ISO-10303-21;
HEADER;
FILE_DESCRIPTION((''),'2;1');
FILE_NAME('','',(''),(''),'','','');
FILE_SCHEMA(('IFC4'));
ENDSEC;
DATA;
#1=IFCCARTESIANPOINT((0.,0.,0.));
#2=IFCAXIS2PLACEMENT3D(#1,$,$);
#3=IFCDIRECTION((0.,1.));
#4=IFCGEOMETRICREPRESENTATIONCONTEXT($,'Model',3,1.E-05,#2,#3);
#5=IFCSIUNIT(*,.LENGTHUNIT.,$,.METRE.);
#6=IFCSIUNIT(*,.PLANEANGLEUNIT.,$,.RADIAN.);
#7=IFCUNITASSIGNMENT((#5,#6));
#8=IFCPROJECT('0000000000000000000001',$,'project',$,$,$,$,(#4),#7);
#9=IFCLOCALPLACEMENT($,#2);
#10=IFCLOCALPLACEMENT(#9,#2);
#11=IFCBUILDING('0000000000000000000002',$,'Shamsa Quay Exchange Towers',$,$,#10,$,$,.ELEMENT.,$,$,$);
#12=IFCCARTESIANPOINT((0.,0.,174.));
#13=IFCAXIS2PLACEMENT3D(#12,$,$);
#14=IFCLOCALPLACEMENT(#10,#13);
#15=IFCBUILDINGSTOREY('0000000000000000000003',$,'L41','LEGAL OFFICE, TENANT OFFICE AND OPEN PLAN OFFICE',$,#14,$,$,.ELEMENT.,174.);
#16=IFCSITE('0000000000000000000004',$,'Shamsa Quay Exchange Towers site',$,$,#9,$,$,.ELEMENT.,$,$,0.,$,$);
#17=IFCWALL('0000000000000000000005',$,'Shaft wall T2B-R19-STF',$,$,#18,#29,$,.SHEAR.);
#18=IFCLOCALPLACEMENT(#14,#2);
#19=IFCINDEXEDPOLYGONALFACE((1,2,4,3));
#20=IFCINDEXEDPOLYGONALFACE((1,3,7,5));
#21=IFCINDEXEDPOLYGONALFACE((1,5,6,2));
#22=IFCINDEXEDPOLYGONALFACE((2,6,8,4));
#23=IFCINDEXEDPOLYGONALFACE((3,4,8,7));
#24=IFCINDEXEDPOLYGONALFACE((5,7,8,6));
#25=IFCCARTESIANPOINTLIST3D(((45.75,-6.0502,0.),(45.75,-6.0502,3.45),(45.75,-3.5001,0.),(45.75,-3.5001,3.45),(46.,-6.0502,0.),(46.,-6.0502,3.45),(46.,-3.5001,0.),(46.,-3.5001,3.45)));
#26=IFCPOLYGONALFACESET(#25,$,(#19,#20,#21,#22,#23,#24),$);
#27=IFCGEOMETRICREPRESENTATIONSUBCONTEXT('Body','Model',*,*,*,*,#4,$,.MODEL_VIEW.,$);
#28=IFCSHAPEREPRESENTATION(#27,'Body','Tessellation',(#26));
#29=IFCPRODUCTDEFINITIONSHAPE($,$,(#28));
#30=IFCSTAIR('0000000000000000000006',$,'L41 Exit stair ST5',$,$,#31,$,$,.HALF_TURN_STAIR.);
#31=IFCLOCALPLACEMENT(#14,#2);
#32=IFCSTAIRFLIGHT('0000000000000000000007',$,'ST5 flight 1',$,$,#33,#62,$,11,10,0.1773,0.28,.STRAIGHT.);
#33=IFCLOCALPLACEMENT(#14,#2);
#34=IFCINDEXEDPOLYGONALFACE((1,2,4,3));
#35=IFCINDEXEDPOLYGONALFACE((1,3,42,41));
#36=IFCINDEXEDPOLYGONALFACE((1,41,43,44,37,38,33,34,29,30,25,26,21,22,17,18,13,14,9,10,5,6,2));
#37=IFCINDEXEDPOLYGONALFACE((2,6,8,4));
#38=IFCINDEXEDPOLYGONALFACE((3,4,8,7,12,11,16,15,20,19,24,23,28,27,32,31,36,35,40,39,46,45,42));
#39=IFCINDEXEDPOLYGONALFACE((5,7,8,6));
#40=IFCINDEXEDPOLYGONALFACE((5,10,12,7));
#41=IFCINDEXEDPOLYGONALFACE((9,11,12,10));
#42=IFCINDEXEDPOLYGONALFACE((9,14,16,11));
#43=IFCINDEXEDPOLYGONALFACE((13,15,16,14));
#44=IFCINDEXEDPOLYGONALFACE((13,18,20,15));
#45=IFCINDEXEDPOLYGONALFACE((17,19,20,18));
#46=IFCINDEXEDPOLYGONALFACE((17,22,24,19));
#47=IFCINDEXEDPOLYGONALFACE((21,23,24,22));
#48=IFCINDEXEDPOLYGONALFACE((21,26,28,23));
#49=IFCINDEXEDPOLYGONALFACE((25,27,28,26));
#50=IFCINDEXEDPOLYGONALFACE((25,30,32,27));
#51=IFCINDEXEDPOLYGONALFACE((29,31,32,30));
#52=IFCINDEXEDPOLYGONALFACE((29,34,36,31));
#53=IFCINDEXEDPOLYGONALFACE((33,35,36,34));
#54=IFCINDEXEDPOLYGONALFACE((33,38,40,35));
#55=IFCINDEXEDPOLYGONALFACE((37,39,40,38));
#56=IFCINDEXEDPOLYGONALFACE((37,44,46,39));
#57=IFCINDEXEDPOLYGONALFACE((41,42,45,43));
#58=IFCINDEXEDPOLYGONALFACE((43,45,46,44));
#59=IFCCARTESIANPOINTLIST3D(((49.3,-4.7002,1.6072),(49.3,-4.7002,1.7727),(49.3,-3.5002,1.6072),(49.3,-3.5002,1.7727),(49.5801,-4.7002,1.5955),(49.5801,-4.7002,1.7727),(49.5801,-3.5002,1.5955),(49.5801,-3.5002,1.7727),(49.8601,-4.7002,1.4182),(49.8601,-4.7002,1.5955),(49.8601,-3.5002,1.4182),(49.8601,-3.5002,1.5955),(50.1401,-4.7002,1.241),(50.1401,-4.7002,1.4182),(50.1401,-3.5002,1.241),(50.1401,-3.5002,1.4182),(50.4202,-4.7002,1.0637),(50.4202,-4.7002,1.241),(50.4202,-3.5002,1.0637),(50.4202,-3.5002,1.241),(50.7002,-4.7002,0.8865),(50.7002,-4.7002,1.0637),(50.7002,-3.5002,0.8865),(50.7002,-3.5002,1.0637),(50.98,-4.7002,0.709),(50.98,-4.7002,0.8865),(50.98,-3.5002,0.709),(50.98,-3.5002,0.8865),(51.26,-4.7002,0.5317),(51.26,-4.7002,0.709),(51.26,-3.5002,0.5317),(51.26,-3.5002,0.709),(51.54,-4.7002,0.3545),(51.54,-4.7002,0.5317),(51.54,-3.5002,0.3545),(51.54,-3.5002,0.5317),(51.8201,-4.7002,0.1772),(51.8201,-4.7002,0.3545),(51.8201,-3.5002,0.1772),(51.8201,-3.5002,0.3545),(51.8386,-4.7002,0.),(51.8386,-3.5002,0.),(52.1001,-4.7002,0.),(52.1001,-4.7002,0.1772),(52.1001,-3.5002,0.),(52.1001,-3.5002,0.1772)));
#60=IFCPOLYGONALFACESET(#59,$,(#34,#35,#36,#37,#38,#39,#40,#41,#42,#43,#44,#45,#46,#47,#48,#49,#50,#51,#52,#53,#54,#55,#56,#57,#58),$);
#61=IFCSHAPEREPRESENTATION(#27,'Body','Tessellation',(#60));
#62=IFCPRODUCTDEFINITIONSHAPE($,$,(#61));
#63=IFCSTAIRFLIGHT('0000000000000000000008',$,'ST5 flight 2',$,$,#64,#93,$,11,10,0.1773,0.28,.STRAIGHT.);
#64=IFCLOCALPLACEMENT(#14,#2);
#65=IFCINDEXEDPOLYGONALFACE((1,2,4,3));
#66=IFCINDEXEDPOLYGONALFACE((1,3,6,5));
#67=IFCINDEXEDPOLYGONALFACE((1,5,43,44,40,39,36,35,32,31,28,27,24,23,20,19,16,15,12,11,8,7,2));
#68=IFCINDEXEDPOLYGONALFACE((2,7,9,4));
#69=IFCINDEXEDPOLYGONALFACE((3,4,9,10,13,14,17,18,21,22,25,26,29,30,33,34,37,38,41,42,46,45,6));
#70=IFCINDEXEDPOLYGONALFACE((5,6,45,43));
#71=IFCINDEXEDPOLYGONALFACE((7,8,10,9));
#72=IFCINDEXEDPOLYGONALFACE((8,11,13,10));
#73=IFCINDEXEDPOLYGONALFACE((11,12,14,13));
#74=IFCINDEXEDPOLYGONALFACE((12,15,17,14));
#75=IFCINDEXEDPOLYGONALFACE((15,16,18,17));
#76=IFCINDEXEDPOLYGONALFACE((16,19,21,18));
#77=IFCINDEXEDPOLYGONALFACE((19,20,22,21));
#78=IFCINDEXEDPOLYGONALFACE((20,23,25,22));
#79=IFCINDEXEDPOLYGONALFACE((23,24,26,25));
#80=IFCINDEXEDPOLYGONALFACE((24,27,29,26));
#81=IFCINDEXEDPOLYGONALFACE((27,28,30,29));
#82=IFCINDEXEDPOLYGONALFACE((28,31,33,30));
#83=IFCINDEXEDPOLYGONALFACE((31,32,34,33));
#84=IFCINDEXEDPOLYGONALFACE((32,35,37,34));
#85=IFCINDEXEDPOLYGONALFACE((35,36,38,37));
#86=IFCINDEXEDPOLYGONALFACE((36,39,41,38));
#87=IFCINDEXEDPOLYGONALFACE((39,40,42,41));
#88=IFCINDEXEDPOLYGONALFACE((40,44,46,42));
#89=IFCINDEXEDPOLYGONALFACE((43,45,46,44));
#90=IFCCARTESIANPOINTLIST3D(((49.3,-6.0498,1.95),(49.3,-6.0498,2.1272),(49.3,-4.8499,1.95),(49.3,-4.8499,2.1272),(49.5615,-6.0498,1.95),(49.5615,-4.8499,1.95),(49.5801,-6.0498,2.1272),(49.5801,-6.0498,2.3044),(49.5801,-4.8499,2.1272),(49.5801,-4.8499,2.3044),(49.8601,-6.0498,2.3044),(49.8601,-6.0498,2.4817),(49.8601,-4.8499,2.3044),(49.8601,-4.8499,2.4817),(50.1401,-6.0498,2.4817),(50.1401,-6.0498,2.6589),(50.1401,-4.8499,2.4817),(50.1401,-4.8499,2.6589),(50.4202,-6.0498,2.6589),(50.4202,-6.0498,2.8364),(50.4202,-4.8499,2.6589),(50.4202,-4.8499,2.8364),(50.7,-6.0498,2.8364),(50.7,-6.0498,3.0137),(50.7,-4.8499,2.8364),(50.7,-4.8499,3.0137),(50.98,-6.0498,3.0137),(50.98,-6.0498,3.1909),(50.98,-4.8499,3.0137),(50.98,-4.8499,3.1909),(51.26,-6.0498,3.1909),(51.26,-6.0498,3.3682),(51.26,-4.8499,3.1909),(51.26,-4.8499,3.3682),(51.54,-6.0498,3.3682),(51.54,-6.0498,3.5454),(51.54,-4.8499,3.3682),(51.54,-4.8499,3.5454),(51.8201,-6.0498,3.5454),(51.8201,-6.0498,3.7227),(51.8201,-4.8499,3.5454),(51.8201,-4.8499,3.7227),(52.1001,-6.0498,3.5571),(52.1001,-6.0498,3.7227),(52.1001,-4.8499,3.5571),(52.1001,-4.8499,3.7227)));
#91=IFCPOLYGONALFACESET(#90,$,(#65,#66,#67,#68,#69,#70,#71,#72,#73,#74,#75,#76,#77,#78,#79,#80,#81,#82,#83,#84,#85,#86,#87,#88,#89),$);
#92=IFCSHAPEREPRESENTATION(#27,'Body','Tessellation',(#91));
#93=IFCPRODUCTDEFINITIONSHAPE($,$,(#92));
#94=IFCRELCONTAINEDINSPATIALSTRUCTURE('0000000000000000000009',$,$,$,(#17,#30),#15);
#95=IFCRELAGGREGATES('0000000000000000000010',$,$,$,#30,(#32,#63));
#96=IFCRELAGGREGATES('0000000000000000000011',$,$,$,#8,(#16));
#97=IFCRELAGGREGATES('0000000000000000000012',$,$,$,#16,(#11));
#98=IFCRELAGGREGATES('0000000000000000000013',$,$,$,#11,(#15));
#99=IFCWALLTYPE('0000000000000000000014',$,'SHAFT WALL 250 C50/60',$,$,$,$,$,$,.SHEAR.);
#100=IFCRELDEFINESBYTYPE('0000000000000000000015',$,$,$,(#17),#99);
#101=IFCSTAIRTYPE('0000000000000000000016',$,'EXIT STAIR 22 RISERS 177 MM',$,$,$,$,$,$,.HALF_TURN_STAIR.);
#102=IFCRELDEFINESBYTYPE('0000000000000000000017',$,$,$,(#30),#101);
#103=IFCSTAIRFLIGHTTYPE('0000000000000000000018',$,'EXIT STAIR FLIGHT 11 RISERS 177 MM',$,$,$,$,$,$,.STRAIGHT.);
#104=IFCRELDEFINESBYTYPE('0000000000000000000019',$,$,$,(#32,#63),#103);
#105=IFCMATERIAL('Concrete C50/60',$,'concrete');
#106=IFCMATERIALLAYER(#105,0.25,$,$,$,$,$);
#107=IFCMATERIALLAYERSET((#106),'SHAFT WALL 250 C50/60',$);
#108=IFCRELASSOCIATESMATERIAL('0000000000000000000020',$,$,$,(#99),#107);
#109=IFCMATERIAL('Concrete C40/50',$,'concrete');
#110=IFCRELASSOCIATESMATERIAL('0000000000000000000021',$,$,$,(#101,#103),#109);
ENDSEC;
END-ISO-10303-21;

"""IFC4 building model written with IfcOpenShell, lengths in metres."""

from ifc_helpers import new_model, si_unit, direction, frame, frame_2d, origin, place, context, subcontext, project, spatial, polyline, rectangle, outline, extrude, material, layer, layer_set, type_object, element, aggregate, save


model = new_model("IFC4")

# Units and contexts
model_context = context("Model", 3, precision=1e-05, world=origin(), true_north=direction((0.0, 1.0)))
body_context = subcontext(model_context, "Body", "Model", "MODEL_VIEW")
ifc_project = project(units=[si_unit("LENGTHUNIT", "METRE"), si_unit("PLANEANGLEUNIT", "RADIAN")], contexts=[model_context])

# Site, building, storey
site_placement = place(None, origin())
site = spatial("IfcSite", under=ifc_project, at=site_placement, Name="Shamsa Quay Exchange Towers site", CompositionType="ELEMENT", RefElevation=0.0)
building_placement = place(site_placement, origin())
building = spatial("IfcBuilding", under=site, at=building_placement, Name="Shamsa Quay Exchange Towers", CompositionType="ELEMENT")
storey_placement = place(building_placement, frame((0.0, 0.0, 174.0)))
storey = spatial("IfcBuildingStorey", under=building, at=storey_placement, Name="L41", Description="LEGAL OFFICE, TENANT OFFICE AND OPEN PLAN OFFICE", CompositionType="ELEMENT", Elevation=174.0)

# Shared definitions
ifc_material_1 = material(Name="Concrete C50/60", Category="concrete")
ifc_layer_1 = layer(ifc_material_1, 0.25)
ifc_layer_set_1 = layer_set([ifc_layer_1], Name="SHAFT WALL 250 C50/60")
wall_type_1 = type_object("IfcWallType", Name="SHAFT WALL 250 C50/60", PredefinedType="SHEAR", material=ifc_layer_set_1)

# Wall
wall_1_placement = place(storey_placement, frame((45.875, -6.05, 0.0), z_axis=(0.0, 0.0, 1.0), x_axis=(0.0, 1.0, 0.0)))
element("IfcWall", 1, at=wall_1_placement, inside=storey, type_object=wall_type_1, Name="Shaft wall T2B-R19-STF", PredefinedType="SHEAR", context=body_context, shape_type="SweptSolid", body=[
    extrude(rectangle(XDim=2.55, YDim=0.25, at=frame_2d((1.2749, 0.0))), origin(), (0.0, 0.0, 1.0), 3.45),
])

# Stair, stair flights
ifc_material_2 = material(Name="Concrete C40/50", Category="concrete")
stair_type = type_object("IfcStairType", Name="EXIT STAIR 22 RISERS 177 MM", PredefinedType="HALF_TURN_STAIR", material=ifc_material_2)
stair_placement = place(storey_placement, origin())
stair = element("IfcStair", 2, at=stair_placement, inside=storey, type_object=stair_type, Name="L41 Exit stair ST5", PredefinedType="HALF_TURN_STAIR")
stair_flight_type = type_object("IfcStairFlightType", Name="EXIT STAIR FLIGHT 11 RISERS 177 MM", PredefinedType="STRAIGHT", material=ifc_material_2)
stair_flight_1_placement = place(storey_placement, frame((52.1001, -4.1001, 0.0), z_axis=(0.0, 0.0, 1.0), x_axis=(-1.0, 0.0, 0.0)))
stair_flight_1 = element("IfcStairFlight", 3, at=stair_flight_1_placement, type_object=stair_flight_type, Name="ST5 flight 1", NumberOfRisers=11, NumberOfTreads=10, PredefinedType="STRAIGHT", RiserHeight=0.1773, TreadLength=0.28, context=body_context, shape_type="SweptSolid", body=[
    extrude(outline(polyline([(0.0, 0.0), (0.0, 0.1772), (0.28, 0.1772), (0.28, 0.3545), (0.5601, 0.3545), (0.5601, 0.5317), (0.8401, 0.5317), (0.8401, 0.709), (1.1201, 0.709), (1.1201, 0.8865), (1.3999, 0.8865), (1.3999, 1.0637), (1.6799, 1.0637), (1.6799, 1.241), (1.96, 1.241), (1.96, 1.4182), (2.24, 1.4182), (2.24, 1.5955), (2.52, 1.5955), (2.52, 1.7727), (2.8, 1.7727), (2.8, 1.95), (2.8, 1.6072), (0.2615, 0.0), (0.0, 0.0)])), frame((0.0, 0.6001, 0.0), z_axis=(0.0, -1.0, 0.0), x_axis=(1.0, 0.0, 0.0)), (0.0, 0.0, 1.0), 1.2),
])
stair_flight_2_placement = place(storey_placement, frame((49.3, -5.45, 1.95)))
stair_flight_2 = element("IfcStairFlight", 4, at=stair_flight_2_placement, type_object=stair_flight_type, Name="ST5 flight 2", NumberOfRisers=11, NumberOfTreads=10, PredefinedType="STRAIGHT", RiserHeight=0.1773, TreadLength=0.28, context=body_context, shape_type="SweptSolid", body=[
    extrude(outline(polyline([(0.0, 0.0), (0.0, 0.1772), (0.28, 0.1772), (0.28, 0.3545), (0.5601, 0.3545), (0.5601, 0.5317), (0.8401, 0.5317), (0.8401, 0.709), (1.1201, 0.709), (1.1201, 0.8865), (1.3999, 0.8865), (1.3999, 1.0637), (1.6799, 1.0637), (1.6799, 1.241), (1.96, 1.241), (1.96, 1.4182), (2.24, 1.4182), (2.24, 1.5955), (2.52, 1.5955), (2.52, 1.7727), (2.8, 1.7727), (2.8, 1.95), (2.8, 1.6072), (0.2615, 0.0), (0.0, 0.0)])), frame((0.0, 0.6001, 0.0), z_axis=(0.0, -1.0, 0.0), x_axis=(1.0, 0.0, 0.0)), (0.0, 0.0, 1.0), 1.2),
])
aggregate(stair, [stair_flight_1, stair_flight_2])

save(model, "model.ifc")
